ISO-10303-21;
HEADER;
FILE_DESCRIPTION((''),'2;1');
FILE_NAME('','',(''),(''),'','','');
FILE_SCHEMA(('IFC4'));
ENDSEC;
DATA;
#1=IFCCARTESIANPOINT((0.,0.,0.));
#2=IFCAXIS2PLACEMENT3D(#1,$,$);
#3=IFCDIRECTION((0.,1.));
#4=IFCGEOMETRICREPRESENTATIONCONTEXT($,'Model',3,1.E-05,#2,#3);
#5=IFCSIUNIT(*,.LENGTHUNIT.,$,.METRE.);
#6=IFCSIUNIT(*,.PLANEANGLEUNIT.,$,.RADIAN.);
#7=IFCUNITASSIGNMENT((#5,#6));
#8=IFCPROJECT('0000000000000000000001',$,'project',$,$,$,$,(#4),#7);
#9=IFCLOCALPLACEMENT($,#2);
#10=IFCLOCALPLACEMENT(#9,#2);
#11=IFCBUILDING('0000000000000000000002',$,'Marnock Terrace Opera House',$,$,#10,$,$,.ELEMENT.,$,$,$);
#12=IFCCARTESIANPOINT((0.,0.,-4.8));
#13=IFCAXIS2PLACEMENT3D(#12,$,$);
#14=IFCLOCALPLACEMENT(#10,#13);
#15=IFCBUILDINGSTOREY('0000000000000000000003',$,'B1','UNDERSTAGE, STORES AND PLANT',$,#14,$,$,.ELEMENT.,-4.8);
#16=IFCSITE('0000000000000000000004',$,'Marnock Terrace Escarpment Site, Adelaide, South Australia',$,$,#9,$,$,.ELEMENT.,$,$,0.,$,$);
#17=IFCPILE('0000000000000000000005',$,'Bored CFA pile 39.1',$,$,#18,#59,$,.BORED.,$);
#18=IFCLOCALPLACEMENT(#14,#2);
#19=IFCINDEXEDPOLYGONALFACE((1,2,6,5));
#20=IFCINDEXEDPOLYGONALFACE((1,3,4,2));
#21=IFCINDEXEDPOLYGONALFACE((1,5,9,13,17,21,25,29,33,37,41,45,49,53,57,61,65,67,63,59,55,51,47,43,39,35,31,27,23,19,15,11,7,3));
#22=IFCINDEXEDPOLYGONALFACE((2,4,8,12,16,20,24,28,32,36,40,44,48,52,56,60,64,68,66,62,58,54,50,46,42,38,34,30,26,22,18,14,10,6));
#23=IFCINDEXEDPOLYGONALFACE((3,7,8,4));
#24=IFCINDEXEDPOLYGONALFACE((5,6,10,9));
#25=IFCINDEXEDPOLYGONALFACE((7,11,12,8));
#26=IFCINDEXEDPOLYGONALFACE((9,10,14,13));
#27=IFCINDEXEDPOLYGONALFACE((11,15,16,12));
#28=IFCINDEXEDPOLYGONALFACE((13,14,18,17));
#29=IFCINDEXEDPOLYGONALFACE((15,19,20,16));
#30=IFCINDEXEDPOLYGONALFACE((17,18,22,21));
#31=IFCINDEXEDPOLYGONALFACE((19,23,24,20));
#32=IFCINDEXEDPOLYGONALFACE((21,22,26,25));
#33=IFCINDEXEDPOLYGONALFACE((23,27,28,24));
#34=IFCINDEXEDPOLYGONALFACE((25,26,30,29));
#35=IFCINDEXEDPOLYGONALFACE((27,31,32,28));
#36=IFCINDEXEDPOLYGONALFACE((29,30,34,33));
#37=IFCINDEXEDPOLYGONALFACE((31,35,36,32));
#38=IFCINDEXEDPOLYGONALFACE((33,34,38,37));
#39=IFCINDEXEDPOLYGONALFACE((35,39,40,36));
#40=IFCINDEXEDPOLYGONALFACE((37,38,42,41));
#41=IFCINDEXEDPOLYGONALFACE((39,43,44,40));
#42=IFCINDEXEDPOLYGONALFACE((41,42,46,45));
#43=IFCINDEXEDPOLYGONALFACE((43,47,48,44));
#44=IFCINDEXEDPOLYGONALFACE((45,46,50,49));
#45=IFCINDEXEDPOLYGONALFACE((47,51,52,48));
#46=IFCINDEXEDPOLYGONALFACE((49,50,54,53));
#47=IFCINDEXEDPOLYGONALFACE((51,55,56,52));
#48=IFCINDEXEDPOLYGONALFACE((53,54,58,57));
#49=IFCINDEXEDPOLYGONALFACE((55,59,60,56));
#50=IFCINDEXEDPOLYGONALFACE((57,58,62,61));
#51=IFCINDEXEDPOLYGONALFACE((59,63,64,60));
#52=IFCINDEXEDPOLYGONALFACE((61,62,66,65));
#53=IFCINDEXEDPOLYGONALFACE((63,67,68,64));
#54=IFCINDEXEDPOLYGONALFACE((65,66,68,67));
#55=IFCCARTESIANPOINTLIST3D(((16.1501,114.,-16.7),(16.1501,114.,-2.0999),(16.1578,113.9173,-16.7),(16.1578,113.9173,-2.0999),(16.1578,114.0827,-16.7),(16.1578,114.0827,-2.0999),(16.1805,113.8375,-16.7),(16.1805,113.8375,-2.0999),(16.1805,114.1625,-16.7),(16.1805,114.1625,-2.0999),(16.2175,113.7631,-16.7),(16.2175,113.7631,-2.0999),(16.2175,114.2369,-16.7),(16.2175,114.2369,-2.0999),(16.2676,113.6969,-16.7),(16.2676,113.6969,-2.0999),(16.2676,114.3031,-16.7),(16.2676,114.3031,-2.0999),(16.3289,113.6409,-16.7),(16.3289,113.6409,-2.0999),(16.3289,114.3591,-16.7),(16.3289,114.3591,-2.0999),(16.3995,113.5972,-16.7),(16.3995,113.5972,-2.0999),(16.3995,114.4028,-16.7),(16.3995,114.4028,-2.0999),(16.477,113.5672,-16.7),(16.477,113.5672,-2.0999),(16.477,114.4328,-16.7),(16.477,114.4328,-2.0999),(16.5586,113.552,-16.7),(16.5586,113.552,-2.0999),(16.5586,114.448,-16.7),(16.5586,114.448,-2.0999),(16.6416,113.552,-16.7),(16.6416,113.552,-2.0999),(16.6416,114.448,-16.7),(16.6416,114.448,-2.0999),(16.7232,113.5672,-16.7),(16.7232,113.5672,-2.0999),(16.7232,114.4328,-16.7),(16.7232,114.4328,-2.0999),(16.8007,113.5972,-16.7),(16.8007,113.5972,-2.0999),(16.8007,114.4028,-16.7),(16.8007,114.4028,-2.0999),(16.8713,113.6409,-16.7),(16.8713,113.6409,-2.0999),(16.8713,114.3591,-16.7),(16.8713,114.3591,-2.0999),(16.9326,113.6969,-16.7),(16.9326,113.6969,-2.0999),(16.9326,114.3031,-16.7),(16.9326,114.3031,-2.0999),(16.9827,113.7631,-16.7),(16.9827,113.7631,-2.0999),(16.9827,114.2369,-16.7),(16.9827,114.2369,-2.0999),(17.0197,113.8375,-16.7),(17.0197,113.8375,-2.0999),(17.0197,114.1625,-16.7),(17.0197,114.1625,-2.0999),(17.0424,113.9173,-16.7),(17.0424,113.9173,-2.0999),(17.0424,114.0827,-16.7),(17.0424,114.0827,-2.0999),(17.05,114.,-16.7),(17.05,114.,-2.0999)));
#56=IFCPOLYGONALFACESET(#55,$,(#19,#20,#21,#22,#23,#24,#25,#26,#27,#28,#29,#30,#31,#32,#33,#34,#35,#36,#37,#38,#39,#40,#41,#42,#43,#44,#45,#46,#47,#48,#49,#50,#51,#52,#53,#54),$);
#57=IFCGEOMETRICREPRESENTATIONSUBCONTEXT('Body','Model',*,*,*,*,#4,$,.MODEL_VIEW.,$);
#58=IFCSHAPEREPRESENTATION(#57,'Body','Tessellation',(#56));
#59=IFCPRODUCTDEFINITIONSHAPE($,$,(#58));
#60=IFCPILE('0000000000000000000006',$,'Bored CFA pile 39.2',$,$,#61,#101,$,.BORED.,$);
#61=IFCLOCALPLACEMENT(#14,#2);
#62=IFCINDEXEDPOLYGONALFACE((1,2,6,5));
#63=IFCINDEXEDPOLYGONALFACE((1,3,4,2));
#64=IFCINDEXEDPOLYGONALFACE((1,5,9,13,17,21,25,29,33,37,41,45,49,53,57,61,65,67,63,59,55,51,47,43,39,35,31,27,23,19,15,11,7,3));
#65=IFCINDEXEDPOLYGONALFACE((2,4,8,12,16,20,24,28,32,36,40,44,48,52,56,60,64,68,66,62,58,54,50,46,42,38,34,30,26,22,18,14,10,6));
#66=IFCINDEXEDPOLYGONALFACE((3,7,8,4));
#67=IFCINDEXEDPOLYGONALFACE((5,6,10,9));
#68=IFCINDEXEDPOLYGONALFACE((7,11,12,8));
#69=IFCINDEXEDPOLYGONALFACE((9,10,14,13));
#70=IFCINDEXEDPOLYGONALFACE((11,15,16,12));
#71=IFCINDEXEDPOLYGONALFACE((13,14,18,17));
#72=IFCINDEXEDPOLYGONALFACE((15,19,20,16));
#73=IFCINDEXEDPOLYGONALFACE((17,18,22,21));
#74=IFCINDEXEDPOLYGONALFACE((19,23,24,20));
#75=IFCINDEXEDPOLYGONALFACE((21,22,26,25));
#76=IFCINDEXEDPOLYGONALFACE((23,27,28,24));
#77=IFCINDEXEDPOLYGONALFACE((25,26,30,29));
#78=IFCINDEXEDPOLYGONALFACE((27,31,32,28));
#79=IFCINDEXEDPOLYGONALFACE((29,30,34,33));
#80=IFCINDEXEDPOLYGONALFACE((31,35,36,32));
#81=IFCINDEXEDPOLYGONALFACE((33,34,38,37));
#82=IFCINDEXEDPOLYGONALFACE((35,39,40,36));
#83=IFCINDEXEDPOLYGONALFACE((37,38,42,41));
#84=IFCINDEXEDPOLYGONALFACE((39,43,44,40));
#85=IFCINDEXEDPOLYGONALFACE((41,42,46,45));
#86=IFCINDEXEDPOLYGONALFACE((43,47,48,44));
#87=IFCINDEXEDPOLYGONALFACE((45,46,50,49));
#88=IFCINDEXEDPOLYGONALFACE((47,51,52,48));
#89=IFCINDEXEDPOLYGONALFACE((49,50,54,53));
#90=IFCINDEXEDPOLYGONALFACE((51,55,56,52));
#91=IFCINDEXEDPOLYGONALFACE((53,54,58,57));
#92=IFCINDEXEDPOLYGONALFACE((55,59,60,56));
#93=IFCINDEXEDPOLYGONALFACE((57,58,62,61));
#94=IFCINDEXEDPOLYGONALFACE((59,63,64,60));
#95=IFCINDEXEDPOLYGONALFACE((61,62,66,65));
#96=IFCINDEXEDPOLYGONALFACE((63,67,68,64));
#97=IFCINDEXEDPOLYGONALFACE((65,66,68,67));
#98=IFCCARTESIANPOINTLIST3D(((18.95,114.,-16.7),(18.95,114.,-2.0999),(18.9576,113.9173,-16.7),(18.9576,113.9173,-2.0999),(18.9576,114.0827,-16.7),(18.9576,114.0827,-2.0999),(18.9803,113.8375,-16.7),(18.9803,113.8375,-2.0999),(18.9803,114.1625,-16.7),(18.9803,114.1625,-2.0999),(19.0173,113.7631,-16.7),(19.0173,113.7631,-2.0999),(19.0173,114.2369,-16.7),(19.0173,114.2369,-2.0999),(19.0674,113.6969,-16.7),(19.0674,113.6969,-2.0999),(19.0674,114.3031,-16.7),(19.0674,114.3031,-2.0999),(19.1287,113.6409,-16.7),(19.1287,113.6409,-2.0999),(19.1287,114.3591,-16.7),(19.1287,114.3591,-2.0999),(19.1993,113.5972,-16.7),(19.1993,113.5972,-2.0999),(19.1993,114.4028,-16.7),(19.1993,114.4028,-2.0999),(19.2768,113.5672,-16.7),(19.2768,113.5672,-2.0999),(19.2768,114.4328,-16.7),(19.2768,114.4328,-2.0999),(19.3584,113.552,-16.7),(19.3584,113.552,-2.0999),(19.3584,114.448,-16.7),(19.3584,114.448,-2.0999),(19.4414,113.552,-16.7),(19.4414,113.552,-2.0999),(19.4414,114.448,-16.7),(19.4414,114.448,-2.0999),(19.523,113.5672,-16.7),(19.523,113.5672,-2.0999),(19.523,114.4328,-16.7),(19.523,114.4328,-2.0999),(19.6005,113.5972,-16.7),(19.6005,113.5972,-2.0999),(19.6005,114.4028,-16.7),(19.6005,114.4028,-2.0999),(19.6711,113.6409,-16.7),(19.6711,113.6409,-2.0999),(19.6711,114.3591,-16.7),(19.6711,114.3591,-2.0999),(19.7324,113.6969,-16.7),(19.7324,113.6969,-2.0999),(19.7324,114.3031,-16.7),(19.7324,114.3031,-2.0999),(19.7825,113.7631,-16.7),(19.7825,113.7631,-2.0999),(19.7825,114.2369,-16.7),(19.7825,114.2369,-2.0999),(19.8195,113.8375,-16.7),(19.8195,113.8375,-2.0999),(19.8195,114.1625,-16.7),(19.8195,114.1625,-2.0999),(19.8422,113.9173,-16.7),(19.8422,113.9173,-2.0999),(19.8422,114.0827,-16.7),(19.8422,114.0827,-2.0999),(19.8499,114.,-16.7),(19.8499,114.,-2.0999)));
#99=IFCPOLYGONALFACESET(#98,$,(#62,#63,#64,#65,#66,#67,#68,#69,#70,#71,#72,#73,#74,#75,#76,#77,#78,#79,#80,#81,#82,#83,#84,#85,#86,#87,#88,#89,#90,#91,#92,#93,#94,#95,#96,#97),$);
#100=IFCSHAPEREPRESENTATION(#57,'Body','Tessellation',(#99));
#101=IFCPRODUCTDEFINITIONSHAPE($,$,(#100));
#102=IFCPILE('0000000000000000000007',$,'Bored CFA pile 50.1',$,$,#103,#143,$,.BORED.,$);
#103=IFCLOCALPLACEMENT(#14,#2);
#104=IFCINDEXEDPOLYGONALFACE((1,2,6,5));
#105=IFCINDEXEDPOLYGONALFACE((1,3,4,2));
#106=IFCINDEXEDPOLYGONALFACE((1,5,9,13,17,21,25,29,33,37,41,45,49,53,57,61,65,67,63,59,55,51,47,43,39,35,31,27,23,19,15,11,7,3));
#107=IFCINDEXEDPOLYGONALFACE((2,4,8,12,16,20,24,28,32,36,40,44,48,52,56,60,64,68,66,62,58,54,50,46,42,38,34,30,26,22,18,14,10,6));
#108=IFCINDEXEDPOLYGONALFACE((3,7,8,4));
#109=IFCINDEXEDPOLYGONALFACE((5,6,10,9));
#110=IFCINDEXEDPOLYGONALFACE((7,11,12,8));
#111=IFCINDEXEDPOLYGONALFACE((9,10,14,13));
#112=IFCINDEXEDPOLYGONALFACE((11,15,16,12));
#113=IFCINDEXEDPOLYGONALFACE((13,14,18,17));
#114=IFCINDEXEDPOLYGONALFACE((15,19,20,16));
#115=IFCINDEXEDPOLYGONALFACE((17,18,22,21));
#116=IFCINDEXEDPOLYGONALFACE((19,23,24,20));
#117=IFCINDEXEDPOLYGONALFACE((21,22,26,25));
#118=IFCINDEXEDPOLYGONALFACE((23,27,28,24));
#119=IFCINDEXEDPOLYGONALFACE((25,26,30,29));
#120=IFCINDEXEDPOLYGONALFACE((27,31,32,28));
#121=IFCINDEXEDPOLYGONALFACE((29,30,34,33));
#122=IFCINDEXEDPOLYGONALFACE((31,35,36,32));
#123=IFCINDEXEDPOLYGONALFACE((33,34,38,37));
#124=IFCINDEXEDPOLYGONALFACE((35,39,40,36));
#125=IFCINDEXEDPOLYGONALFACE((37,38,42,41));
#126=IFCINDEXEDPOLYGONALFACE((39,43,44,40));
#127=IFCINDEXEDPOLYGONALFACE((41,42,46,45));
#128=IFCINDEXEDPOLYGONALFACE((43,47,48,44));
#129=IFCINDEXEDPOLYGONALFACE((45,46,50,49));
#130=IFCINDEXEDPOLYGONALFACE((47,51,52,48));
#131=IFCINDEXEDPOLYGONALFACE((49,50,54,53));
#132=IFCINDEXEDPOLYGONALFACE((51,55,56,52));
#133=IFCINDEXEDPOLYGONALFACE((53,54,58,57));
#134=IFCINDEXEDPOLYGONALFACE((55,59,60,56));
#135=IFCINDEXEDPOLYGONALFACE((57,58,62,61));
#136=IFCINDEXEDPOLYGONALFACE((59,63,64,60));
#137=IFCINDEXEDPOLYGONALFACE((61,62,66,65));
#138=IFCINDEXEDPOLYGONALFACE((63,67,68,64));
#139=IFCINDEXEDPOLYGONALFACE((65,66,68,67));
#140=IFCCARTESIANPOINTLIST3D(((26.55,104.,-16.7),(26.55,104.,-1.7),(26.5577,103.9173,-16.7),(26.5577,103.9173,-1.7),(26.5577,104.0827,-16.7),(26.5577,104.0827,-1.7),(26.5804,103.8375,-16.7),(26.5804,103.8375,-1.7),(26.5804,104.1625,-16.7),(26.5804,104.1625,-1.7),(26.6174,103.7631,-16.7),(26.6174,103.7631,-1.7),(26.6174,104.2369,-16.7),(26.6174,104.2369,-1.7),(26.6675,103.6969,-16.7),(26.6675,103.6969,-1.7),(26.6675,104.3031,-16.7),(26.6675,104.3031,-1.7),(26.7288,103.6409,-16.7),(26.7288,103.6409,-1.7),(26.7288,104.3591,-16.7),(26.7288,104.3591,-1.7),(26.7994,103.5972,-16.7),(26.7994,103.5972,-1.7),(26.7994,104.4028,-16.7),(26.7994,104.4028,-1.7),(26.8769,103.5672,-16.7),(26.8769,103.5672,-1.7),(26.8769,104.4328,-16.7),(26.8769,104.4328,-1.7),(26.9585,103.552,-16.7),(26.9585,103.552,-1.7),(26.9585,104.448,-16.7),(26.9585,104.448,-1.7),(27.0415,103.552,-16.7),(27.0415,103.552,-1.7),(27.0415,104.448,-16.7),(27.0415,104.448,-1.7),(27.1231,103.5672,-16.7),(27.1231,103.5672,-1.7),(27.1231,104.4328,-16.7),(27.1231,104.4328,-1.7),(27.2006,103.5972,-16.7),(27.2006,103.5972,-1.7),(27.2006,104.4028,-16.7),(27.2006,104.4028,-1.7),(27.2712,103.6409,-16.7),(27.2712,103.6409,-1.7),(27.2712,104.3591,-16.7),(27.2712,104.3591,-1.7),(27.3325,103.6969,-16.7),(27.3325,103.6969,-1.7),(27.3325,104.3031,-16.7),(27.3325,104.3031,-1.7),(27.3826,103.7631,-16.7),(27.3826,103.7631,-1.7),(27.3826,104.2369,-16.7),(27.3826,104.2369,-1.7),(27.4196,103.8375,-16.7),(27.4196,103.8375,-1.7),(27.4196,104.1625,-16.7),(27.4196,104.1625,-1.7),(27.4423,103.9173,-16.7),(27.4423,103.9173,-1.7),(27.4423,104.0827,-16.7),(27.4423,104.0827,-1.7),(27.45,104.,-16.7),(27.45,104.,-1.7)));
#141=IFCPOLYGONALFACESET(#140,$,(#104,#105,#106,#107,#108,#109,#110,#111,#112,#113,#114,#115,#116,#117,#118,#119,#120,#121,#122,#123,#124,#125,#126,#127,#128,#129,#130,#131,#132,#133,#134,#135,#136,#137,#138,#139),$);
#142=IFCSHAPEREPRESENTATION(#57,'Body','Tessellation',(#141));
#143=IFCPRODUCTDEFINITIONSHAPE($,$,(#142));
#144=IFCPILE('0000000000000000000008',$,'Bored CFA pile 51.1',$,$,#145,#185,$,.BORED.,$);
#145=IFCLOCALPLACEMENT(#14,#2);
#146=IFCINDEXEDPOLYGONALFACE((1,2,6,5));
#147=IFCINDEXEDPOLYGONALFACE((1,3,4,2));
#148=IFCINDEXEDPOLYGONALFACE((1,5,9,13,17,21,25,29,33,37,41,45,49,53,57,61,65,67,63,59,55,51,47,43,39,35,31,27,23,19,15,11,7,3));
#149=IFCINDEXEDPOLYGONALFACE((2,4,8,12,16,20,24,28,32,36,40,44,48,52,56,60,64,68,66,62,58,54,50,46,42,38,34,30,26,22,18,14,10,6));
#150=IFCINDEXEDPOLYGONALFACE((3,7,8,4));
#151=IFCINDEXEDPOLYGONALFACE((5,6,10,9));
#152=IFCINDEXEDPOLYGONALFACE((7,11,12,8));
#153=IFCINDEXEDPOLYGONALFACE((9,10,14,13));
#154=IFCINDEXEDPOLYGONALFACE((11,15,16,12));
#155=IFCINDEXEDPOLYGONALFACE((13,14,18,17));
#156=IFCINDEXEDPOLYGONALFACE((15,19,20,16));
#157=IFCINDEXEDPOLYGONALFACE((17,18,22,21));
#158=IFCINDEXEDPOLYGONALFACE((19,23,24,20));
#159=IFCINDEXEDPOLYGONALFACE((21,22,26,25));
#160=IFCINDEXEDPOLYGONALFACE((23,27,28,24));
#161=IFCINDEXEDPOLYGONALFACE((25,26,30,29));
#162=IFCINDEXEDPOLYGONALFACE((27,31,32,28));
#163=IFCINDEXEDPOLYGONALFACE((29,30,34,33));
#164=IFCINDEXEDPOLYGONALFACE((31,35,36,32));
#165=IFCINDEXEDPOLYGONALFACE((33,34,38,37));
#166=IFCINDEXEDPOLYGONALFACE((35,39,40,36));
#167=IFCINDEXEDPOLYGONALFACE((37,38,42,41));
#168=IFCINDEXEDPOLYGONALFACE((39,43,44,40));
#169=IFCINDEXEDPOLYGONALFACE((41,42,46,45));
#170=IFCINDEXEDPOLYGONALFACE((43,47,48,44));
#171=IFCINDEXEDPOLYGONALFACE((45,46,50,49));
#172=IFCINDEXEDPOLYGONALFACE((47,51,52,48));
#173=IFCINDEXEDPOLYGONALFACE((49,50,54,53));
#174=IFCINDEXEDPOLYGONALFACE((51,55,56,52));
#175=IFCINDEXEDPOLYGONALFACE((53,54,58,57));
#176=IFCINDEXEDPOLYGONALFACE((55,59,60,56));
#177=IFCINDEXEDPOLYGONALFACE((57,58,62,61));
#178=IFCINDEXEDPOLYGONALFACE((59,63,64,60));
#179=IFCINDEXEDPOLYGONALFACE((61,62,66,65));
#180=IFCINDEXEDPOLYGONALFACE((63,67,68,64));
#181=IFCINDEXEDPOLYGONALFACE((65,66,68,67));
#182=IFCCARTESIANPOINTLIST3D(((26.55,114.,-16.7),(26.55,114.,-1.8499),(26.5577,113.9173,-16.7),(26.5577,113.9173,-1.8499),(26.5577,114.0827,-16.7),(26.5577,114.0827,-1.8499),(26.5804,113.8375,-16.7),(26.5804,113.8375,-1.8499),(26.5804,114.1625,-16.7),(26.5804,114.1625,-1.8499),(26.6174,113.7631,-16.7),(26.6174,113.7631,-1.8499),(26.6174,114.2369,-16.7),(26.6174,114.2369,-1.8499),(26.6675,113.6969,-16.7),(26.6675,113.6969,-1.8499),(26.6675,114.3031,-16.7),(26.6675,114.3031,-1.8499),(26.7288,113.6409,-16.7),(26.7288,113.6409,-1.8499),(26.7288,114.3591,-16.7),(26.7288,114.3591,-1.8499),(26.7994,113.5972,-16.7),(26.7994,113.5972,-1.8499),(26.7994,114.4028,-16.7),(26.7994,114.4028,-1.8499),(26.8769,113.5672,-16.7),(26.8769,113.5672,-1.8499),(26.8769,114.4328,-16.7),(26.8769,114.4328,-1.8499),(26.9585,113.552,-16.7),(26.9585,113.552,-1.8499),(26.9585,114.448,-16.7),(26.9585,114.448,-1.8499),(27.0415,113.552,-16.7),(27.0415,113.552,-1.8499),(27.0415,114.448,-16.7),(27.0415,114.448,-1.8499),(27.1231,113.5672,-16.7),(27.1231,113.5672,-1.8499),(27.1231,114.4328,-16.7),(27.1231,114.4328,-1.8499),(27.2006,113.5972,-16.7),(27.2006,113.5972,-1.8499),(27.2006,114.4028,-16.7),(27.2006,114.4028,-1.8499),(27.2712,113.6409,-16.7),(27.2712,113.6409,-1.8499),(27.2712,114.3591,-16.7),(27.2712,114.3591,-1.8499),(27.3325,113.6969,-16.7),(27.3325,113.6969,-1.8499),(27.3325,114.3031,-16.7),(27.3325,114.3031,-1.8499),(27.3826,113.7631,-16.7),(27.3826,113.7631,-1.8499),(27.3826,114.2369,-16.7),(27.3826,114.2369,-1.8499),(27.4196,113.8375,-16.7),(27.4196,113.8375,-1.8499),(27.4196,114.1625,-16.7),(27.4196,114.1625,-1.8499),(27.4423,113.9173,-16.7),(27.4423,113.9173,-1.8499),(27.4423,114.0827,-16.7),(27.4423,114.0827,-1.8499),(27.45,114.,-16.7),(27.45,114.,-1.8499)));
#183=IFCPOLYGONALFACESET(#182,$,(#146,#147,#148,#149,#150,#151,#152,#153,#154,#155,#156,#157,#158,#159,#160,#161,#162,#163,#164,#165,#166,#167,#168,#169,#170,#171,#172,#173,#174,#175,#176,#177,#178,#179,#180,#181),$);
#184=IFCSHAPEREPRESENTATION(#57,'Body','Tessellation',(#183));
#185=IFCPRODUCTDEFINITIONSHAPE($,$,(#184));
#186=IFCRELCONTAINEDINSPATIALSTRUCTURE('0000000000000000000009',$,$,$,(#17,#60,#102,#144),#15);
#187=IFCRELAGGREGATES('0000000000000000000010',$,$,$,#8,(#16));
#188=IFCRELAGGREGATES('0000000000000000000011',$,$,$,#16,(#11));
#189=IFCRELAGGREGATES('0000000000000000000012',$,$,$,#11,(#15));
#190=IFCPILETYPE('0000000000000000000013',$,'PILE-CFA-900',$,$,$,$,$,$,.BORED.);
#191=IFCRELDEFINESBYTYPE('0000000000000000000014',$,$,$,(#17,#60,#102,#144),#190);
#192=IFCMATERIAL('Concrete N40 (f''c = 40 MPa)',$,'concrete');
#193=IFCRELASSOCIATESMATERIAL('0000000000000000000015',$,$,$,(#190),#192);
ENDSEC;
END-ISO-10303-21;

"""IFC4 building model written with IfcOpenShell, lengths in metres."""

from ifc_helpers import new_model, si_unit, direction, frame, origin, origin_2d, place, context, subcontext, project, spatial, circle, extrude, material, material_profile, profile_set, type_object, element, save


model = new_model("IFC4")

# Units and contexts
model_context = context("Model", 3, precision=1e-05, world=origin(), true_north=direction((0.0, 1.0)))
body_context = subcontext(model_context, "Body", "Model", "MODEL_VIEW")
ifc_project = project(units=[si_unit("LENGTHUNIT", "METRE"), si_unit("PLANEANGLEUNIT", "RADIAN")], contexts=[model_context])

# Site, building, storey
site_placement = place(None, origin())
site = spatial("IfcSite", under=ifc_project, at=site_placement, Name="Marnock Terrace Escarpment Site, Adelaide, South Australia", CompositionType="ELEMENT", RefElevation=0.0)
building_placement = place(site_placement, origin())
building = spatial("IfcBuilding", under=site, at=building_placement, Name="Marnock Terrace Opera House", CompositionType="ELEMENT")
storey_placement = place(building_placement, frame((0.0, 0.0, -4.8)))
storey = spatial("IfcBuildingStorey", under=building, at=storey_placement, Name="B1", Description="UNDERSTAGE, STORES AND PLANT", CompositionType="ELEMENT", Elevation=-4.8)

# Shared definitions
ifc_material_1 = material(Name="Concrete N40 (f'c = 40 MPa)", Category="concrete")

# Piles
ifc_material_profile_1 = material_profile(ifc_material_1, circle(Radius=0.45, at=origin_2d()))
ifc_profile_set_1 = profile_set([ifc_material_profile_1], Name="Concrete N40 (f'c = 40 MPa)")
pile_type = type_object("IfcPileType", Name="PILE-CFA-900", PredefinedType="BORED", material=ifc_profile_set_1)
for number, where, z_axis, x_axis, name in (
    (1, (16.6001, 114.0, -2.0999), (0.0, 0.0, -1.0), (1.0, 0.0, 0.0), "Bored CFA pile 39.1"),
    (2, (19.3999, 114.0, -2.0999), (0.0, 0.0, -1.0), (1.0, 0.0, 0.0), "Bored CFA pile 39.2"),
):
    element("IfcPile", number, at=place(storey_placement, frame(where, z_axis=z_axis, x_axis=x_axis)), inside=storey, type_object=pile_type, Name=name, PredefinedType="BORED", context=body_context, shape_type="SweptSolid", body=[
        extrude(circle(Radius=0.45, at=origin_2d()), origin(), (0.0, 0.0, 1.0), 14.6001),
    ])
pile_1_placement = place(storey_placement, frame((27.0, 104.0, -1.7), z_axis=(0.0, 0.0, -1.0), x_axis=(1.0, 0.0, 0.0)))
element("IfcPile", 3, at=pile_1_placement, inside=storey, type_object=pile_type, Name="Bored CFA pile 50.1", PredefinedType="BORED", context=body_context, shape_type="SweptSolid", body=[
    extrude(circle(Radius=0.45, at=origin_2d()), origin(), (0.0, 0.0, 1.0), 15.0),
])
for number, where, z_axis, x_axis, name in (
    (4, (27.0, 114.0, -1.8499), (0.0, 0.0, -1.0), (1.0, 0.0, 0.0), "Bored CFA pile 51.1"),
):
    element("IfcPile", number, at=place(storey_placement, frame(where, z_axis=z_axis, x_axis=x_axis)), inside=storey, type_object=pile_type, Name=name, PredefinedType="BORED", context=body_context, shape_type="SweptSolid", body=[
        extrude(circle(Radius=0.45, at=origin_2d()), origin(), (0.0, 0.0, 1.0), 14.8501),
    ])

save(model, "model.ifc")
